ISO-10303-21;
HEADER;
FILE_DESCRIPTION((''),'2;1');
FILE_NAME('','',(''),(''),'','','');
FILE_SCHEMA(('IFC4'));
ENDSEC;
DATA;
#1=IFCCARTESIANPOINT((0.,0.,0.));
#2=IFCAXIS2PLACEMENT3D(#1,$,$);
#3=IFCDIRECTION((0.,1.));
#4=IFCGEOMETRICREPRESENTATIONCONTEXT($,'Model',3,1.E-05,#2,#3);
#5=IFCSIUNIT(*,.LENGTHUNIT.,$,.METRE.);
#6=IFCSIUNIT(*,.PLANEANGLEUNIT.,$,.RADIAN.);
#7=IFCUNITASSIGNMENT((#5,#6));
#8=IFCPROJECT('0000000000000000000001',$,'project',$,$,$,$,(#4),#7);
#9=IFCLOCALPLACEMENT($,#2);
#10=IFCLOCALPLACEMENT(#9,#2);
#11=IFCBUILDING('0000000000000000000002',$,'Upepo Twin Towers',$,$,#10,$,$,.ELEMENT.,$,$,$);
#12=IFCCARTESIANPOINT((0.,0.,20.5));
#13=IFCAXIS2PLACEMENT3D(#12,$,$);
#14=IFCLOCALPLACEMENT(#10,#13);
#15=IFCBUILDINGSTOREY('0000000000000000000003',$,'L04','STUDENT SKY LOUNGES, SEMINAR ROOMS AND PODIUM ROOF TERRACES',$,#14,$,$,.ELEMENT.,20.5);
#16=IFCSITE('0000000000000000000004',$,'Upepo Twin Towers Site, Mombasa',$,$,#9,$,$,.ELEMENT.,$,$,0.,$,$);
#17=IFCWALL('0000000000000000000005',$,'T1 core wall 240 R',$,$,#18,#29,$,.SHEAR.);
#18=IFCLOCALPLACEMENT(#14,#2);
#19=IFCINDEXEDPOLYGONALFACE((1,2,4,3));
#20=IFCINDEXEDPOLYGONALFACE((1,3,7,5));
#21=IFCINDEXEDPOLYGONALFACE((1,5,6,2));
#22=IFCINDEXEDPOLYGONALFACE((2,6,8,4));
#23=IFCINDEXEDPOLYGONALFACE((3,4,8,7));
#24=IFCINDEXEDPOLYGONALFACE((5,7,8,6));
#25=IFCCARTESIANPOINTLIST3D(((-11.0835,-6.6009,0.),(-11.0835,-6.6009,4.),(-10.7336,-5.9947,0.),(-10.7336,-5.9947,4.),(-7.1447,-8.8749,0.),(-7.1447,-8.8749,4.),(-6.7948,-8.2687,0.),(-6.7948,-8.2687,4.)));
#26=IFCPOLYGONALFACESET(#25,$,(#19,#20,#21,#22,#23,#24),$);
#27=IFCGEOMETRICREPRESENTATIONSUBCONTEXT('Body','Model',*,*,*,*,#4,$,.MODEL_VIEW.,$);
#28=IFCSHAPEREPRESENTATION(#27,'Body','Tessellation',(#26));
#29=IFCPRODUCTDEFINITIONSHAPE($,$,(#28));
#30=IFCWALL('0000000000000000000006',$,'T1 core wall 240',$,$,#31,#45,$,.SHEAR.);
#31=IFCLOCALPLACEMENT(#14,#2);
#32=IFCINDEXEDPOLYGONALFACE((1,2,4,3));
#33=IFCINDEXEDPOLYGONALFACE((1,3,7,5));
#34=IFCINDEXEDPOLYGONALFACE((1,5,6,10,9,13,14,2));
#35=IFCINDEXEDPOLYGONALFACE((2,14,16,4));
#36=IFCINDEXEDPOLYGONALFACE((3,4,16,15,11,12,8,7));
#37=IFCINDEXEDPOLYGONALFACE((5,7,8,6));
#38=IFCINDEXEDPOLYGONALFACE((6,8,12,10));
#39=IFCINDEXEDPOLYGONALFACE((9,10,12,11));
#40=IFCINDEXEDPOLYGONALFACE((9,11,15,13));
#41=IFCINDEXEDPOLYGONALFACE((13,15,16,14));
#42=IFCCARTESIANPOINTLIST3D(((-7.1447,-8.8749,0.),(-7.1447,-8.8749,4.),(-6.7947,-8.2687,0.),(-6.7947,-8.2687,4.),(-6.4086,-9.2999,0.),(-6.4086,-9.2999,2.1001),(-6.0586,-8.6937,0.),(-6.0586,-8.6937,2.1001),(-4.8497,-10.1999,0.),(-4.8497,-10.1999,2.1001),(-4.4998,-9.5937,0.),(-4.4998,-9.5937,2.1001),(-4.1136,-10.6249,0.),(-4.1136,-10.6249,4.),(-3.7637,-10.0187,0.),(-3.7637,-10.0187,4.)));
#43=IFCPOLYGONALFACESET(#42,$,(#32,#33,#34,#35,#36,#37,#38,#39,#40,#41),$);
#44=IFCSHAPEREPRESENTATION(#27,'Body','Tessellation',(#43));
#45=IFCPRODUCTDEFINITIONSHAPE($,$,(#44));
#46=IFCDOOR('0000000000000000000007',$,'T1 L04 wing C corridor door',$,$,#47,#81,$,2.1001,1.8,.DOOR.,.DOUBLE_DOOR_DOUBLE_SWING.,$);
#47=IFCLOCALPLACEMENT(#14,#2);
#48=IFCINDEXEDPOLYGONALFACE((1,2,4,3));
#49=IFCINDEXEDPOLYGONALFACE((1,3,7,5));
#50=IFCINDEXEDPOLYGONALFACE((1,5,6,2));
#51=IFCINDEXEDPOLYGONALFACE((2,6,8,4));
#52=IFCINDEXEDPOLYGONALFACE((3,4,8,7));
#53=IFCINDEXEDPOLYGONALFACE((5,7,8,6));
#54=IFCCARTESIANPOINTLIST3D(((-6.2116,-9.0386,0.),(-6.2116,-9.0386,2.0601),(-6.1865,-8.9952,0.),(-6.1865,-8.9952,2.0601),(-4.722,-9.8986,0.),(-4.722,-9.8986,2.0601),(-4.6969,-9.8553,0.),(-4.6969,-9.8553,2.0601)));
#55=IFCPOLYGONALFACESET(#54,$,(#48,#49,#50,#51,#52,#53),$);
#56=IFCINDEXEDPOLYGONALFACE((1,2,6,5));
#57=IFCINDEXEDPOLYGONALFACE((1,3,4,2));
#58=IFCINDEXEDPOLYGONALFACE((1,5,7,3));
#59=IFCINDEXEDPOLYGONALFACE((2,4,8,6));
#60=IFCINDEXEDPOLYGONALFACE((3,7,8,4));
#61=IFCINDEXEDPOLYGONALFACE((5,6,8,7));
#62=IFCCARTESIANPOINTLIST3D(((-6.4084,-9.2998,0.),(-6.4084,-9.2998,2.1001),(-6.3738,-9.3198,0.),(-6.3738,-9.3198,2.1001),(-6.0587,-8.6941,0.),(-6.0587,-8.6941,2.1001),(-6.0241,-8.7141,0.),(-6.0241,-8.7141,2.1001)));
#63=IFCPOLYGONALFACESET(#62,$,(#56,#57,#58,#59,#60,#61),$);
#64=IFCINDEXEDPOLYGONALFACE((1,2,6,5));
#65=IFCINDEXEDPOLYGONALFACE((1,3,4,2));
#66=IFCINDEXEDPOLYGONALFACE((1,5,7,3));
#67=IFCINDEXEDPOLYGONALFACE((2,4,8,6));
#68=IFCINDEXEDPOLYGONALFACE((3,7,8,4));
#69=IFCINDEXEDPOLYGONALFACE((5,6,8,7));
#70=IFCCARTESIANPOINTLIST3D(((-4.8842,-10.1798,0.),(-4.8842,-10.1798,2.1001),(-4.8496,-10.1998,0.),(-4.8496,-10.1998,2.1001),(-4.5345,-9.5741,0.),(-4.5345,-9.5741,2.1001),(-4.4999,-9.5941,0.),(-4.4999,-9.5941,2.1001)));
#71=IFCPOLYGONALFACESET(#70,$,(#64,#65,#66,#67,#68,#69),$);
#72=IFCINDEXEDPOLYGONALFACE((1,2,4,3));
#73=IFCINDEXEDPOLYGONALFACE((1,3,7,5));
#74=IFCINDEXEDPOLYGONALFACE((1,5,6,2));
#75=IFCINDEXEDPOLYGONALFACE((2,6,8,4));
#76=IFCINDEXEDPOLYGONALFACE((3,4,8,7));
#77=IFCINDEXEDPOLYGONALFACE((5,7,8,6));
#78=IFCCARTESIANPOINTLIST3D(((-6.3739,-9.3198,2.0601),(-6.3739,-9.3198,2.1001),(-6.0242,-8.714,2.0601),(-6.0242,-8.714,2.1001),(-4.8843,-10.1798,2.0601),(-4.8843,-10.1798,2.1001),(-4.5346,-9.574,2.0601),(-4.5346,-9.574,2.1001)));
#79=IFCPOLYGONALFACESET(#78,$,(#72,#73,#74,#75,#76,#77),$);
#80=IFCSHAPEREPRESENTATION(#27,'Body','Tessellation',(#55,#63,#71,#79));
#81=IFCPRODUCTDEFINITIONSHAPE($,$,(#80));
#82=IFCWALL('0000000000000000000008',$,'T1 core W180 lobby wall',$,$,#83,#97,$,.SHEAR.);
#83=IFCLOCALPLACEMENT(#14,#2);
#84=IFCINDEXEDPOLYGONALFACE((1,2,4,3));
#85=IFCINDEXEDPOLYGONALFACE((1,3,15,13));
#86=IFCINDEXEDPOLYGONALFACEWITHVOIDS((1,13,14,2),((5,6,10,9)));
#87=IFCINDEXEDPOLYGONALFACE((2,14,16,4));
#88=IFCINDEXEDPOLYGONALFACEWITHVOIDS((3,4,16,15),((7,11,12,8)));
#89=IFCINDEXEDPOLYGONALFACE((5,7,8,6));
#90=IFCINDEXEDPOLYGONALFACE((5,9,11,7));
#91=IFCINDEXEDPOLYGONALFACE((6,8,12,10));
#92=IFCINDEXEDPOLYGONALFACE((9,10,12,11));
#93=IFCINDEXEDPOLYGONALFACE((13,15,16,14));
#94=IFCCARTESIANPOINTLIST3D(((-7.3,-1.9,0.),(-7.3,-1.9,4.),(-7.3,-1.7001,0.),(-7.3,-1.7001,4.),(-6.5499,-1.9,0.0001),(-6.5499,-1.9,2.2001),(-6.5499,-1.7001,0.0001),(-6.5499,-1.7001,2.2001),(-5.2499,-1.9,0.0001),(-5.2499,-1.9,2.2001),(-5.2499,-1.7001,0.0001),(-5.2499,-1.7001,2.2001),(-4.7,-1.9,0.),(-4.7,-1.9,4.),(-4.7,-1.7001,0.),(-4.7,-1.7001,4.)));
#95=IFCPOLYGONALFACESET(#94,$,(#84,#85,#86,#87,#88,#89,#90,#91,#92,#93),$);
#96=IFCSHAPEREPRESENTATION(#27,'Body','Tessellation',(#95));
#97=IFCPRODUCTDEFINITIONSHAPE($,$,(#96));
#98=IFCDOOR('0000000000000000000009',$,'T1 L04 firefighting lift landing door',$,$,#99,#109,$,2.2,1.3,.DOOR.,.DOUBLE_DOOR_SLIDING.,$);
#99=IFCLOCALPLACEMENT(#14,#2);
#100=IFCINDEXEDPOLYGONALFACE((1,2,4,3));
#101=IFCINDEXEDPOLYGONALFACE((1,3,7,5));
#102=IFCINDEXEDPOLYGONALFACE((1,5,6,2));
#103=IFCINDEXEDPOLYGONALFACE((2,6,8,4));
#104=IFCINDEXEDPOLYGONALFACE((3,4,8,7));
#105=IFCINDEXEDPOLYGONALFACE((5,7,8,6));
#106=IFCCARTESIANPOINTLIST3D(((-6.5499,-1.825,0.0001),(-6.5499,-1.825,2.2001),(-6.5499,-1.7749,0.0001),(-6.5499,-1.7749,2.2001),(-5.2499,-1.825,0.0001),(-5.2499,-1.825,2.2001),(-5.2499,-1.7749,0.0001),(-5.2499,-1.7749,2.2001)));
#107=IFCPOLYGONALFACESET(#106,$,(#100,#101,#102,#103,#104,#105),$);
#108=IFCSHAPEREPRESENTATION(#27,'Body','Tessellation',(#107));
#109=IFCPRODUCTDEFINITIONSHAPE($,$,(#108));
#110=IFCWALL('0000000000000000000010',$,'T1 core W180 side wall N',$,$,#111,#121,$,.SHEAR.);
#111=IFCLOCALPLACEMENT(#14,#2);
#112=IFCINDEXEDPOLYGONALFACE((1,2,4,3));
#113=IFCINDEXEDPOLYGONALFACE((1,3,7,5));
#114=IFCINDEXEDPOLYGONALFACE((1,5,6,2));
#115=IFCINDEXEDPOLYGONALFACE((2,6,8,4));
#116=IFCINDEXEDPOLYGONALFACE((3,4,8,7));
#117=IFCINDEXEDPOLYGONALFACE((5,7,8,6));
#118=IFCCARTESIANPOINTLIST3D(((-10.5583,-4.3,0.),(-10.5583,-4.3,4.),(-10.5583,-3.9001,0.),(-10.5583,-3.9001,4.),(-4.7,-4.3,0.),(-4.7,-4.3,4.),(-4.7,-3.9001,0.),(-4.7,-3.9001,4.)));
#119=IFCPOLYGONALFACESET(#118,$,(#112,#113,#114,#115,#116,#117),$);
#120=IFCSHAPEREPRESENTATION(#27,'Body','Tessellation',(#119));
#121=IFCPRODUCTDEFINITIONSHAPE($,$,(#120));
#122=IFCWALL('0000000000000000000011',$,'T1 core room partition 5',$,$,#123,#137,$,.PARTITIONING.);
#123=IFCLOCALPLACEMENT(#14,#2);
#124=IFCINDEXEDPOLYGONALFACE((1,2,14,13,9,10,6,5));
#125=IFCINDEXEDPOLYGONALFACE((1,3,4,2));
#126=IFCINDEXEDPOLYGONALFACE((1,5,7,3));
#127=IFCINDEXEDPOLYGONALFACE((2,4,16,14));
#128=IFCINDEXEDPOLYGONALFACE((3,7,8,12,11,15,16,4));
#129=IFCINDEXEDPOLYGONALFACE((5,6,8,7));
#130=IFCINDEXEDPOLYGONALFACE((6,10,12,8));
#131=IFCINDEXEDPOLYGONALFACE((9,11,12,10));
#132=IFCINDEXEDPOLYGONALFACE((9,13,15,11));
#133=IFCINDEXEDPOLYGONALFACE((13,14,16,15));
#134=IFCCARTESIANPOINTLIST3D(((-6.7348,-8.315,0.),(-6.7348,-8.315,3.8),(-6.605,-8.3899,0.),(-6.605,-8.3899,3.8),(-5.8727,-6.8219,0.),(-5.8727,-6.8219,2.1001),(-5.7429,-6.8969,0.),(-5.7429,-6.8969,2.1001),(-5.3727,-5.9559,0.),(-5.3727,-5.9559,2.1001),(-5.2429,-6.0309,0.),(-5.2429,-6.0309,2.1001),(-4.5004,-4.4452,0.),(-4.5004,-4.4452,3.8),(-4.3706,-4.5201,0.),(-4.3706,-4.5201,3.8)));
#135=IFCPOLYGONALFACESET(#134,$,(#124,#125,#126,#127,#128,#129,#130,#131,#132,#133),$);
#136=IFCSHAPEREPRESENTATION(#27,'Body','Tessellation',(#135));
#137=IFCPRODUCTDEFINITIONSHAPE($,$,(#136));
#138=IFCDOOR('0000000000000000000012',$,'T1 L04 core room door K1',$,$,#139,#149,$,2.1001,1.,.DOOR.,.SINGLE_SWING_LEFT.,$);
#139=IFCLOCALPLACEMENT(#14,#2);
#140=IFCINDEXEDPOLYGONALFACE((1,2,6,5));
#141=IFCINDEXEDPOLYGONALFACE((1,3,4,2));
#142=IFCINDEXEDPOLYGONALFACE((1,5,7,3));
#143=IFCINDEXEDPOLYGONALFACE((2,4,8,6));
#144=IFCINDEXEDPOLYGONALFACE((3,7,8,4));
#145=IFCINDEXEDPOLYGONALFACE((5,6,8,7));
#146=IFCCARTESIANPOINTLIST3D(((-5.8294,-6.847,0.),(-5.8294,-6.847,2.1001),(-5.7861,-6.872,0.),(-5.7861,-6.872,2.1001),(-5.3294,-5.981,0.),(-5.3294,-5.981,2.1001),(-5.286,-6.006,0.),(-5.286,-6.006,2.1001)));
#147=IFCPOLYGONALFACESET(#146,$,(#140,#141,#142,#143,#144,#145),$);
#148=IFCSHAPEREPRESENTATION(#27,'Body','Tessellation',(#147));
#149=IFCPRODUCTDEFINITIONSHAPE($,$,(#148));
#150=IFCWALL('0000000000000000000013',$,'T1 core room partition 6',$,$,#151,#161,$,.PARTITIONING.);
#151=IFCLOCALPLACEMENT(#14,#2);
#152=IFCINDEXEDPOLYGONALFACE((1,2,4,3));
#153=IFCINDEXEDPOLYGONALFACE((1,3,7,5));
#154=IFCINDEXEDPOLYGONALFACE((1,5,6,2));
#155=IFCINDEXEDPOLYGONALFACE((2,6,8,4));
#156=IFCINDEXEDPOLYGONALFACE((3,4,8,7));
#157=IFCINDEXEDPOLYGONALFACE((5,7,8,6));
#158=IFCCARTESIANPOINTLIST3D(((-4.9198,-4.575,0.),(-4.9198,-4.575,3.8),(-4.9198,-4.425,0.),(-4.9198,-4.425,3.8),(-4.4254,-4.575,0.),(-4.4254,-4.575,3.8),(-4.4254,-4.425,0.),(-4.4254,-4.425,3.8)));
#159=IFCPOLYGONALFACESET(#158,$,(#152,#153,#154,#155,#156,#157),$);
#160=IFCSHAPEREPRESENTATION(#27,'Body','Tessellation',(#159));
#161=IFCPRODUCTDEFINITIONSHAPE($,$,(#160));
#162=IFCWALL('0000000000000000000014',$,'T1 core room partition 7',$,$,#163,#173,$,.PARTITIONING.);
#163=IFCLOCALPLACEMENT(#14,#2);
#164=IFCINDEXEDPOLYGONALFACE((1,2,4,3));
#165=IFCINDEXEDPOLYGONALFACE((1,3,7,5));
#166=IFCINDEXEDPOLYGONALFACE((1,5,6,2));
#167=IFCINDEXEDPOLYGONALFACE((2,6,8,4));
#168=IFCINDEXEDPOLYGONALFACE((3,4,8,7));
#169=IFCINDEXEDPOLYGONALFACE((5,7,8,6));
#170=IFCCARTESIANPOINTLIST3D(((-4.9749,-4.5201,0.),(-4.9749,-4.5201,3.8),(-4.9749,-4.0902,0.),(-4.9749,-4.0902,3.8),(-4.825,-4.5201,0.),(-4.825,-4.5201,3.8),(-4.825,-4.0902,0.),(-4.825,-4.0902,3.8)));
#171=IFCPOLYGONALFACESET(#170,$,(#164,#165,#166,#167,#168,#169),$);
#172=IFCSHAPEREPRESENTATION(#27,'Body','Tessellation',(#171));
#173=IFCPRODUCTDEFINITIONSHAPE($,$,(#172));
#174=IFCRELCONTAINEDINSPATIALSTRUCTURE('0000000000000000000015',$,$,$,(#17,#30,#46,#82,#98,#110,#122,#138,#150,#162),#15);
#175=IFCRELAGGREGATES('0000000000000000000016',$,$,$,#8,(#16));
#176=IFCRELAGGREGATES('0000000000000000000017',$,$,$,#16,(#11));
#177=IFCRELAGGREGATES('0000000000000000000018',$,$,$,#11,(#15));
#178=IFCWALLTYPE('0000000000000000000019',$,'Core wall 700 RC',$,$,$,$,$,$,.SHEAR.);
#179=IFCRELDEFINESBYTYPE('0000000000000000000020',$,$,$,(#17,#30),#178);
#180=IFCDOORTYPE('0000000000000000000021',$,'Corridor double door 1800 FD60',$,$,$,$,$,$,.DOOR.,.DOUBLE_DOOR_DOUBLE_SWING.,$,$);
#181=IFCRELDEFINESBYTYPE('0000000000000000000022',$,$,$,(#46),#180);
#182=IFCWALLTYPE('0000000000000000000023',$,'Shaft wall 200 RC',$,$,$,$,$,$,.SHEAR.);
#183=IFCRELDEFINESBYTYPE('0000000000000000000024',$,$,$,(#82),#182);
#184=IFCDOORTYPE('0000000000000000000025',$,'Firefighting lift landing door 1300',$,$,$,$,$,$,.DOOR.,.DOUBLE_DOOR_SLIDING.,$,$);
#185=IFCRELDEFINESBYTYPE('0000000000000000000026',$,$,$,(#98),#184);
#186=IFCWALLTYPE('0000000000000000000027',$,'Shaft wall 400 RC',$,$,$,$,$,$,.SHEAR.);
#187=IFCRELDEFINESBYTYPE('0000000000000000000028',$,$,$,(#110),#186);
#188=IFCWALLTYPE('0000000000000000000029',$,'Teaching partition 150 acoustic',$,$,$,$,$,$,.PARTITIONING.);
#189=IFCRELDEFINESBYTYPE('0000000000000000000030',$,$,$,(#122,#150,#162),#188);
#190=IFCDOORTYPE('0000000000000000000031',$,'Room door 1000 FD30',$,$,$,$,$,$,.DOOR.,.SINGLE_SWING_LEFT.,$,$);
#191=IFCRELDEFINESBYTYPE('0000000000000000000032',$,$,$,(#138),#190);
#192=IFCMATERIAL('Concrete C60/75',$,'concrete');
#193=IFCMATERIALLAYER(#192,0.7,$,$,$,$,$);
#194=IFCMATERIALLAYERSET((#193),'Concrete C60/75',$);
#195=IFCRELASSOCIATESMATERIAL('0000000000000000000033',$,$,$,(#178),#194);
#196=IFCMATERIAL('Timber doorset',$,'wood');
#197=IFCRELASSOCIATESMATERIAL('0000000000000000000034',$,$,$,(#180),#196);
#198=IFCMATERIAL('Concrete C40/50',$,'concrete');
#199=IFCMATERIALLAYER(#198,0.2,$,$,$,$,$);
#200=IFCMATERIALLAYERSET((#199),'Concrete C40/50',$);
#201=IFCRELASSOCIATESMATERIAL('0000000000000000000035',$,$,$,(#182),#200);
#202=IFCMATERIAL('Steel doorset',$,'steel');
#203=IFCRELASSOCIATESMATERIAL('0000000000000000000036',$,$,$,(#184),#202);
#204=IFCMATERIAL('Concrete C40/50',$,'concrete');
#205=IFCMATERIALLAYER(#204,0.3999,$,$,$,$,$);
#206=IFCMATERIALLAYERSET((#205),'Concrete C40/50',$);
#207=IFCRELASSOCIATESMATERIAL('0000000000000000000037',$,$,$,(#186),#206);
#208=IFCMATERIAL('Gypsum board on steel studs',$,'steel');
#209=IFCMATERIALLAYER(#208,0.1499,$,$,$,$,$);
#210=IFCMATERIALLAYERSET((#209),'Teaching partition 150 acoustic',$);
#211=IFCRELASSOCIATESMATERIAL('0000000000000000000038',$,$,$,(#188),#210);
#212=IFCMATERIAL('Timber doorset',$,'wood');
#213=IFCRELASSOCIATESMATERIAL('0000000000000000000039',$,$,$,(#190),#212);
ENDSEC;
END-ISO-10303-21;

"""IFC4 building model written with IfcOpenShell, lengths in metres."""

from ifc_helpers import new_model, si_unit, direction, frame, frame_2d, origin, place, context, subcontext, project, spatial, rectangle, extrude, material, layer, layer_set, type_object, element, fill, save


model = new_model("IFC4")

# Units and contexts
model_context = context("Model", 3, precision=1e-05, world=origin(), true_north=direction((0.0, 1.0)))
body_context = subcontext(model_context, "Body", "Model", "MODEL_VIEW")
ifc_project = project(units=[si_unit("LENGTHUNIT", "METRE"), si_unit("PLANEANGLEUNIT", "RADIAN")], contexts=[model_context])

# Site, building, storey
site_placement = place(None, origin())
site = spatial("IfcSite", under=ifc_project, at=site_placement, Name="Upepo Twin Towers Site, Mombasa", CompositionType="ELEMENT", RefElevation=0.0)
building_placement = place(site_placement, origin())
building = spatial("IfcBuilding", under=site, at=building_placement, Name="Upepo Twin Towers", CompositionType="ELEMENT")
storey_placement = place(building_placement, frame((0.0, 0.0, 20.5)))
storey = spatial("IfcBuildingStorey", under=building, at=storey_placement, Name="L04", Description="STUDENT SKY LOUNGES, SEMINAR ROOMS AND PODIUM ROOF TERRACES", CompositionType="ELEMENT", Elevation=20.5)

# Wall
ifc_material_1 = material(Name="Concrete C60/75", Category="concrete")
ifc_layer_1 = layer(ifc_material_1, 0.7)
ifc_layer_set_1 = layer_set([ifc_layer_1], Name="Concrete C60/75")
wall_type_1 = type_object("IfcWallType", Name="Core wall 700 RC", PredefinedType="SHEAR", material=ifc_layer_set_1)
wall_1_placement = place(storey_placement, frame((-10.9084, -6.2979, 0.0), z_axis=(0.0, 0.0, 1.0), x_axis=(0.866035, -0.499984, 0.0)))
element("IfcWall", 1, at=wall_1_placement, inside=storey, type_object=wall_type_1, Name="T1 core wall 240 R", PredefinedType="SHEAR", context=body_context, shape_type="SweptSolid", body=[
    extrude(rectangle(XDim=4.5481, YDim=0.7, at=frame_2d((2.2739, 0.0))), origin(), (0.0, 0.0, 1.0), 4.0),
])

# Walls, openings, doors
wall_2_placement = place(storey_placement, frame((-6.9697, -8.5718, 0.0), z_axis=(0.0, 0.0, 1.0), x_axis=(0.866019, -0.50001, 0.0)))
wall_2 = element("IfcWall", 2, at=wall_2_placement, inside=storey, type_object=wall_type_1, Name="T1 core wall 240", PredefinedType="SHEAR", context=body_context, shape_type="SweptSolid", body=[
    extrude(rectangle(XDim=3.5, YDim=0.7, at=frame_2d((1.75, 0.0))), origin(), (0.0, 0.0, 1.0), 4.0),
])
opening_1_placement = place(wall_2_placement, frame((0.8501, 0.0, 0.0)))
opening_1 = element("IfcOpeningElement", 3, at=opening_1_placement, cuts=wall_2, PredefinedType="OPENING", context=body_context, shape_type="SweptSolid", body=[
    extrude(rectangle(XDim=1.8, YDim=2.1001, at=frame_2d((0.8999, 1.05))), frame((0.0, 0.3599, 0.0), z_axis=(0.0, -1.0, 0.0), x_axis=(1.0, 0.0, 0.0)), (0.0, 0.0, 1.0), 0.72),
])
ifc_material_2 = material(Name="Timber doorset", Category="wood")
door_type_1 = type_object("IfcDoorType", Name="Corridor double door 1800 FD60", OperationType="DOUBLE_DOOR_DOUBLE_SWING", PredefinedType="DOOR", material=ifc_material_2)
door_1_placement = place(opening_1_placement, origin())
door_1 = element("IfcDoor", 4, at=door_1_placement, inside=storey, type_object=door_type_1, Name="T1 L04 wing C corridor door", OperationType="DOUBLE_DOOR_DOUBLE_SWING", OverallHeight=2.1001, OverallWidth=1.8, PredefinedType="DOOR", context=body_context, shape_type="SweptSolid", body=[
    extrude(rectangle(XDim=1.72, YDim=2.0601, at=frame_2d((0.8999, 1.03))), frame((0.0, 0.0249, 0.0), z_axis=(0.0, -1.0, 0.0), x_axis=(1.0, 0.0, 0.0)), (0.0, 0.0, 1.0), 0.05),
    extrude(rectangle(XDim=0.04, YDim=2.1001, at=frame_2d((0.02, 1.05))), frame((0.0, 0.3496, 0.0), z_axis=(0.0, -1.0, 0.0), x_axis=(1.0, 0.0, 0.0)), (0.0, 0.0, 1.0), 0.6995),
    extrude(rectangle(XDim=0.04, YDim=2.1001, at=frame_2d((1.78, 1.05))), frame((0.0, 0.3496, 0.0), z_axis=(0.0, -1.0, 0.0), x_axis=(1.0, 0.0, 0.0)), (0.0, 0.0, 1.0), 0.6995),
    extrude(rectangle(XDim=1.72, YDim=0.04, at=frame_2d((0.8999, 2.0801))), frame((0.0, 0.3496, 0.0), z_axis=(0.0, -1.0, 0.0), x_axis=(1.0, 0.0, 0.0)), (0.0, 0.0, 1.0), 0.6995),
])
fill(opening_1, door_1)
ifc_material_3 = material(Name="Concrete C40/50", Category="concrete")
ifc_layer_2 = layer(ifc_material_3, 0.2)
ifc_layer_set_2 = layer_set([ifc_layer_2], Name="Concrete C40/50")
wall_type_2 = type_object("IfcWallType", Name="Shaft wall 200 RC", PredefinedType="SHEAR", material=ifc_layer_set_2)
wall_3_placement = place(storey_placement, frame((-4.7, -1.8, 0.0), z_axis=(0.0, 0.0, 1.0), x_axis=(-1.0, 0.0, 0.0)))
wall_3 = element("IfcWall", 5, at=wall_3_placement, inside=storey, type_object=wall_type_2, Name="T1 core W180 lobby wall", PredefinedType="SHEAR", context=body_context, shape_type="SweptSolid", body=[
    extrude(rectangle(XDim=2.6001, YDim=0.2, at=frame_2d((1.3, 0.0))), origin(), (0.0, 0.0, 1.0), 4.0),
])
opening_2_placement = place(wall_3_placement, frame((0.55, 0.0, 0.0)))
opening_2 = element("IfcOpeningElement", 6, at=opening_2_placement, cuts=wall_3, PredefinedType="OPENING", context=body_context, shape_type="SweptSolid", body=[
    extrude(rectangle(XDim=1.3, YDim=2.2, at=frame_2d((0.6499, 1.1001))), frame((0.0, 0.1099, 0.0), z_axis=(0.0, -1.0, 0.0), x_axis=(1.0, 0.0, 0.0)), (0.0, 0.0, 1.0), 0.22),
])
ifc_material_4 = material(Name="Steel doorset", Category="steel")
door_type_2 = type_object("IfcDoorType", Name="Firefighting lift landing door 1300", OperationType="DOUBLE_DOOR_SLIDING", PredefinedType="DOOR", material=ifc_material_4)
door_2_placement = place(opening_2_placement, origin())
door_2 = element("IfcDoor", 7, at=door_2_placement, inside=storey, type_object=door_type_2, Name="T1 L04 firefighting lift landing door", OperationType="DOUBLE_DOOR_SLIDING", OverallHeight=2.2, OverallWidth=1.3, PredefinedType="DOOR", context=body_context, shape_type="SweptSolid", body=[
    extrude(rectangle(XDim=1.3, YDim=2.2, at=frame_2d((0.6499, 1.1001))), frame((0.0, 0.0249, 0.0), z_axis=(0.0, -1.0, 0.0), x_axis=(1.0, 0.0, 0.0)), (0.0, 0.0, 1.0), 0.05),
])
fill(opening_2, door_2)

# Wall
ifc_material_5 = material(Name="Concrete C40/50", Category="concrete")
ifc_layer_3 = layer(ifc_material_5, 0.3999)
ifc_layer_set_3 = layer_set([ifc_layer_3], Name="Concrete C40/50")
wall_type_3 = type_object("IfcWallType", Name="Shaft wall 400 RC", PredefinedType="SHEAR", material=ifc_layer_set_3)
wall_4_placement = place(storey_placement, frame((-4.7, -4.1001, 0.0), z_axis=(0.0, 0.0, 1.0), x_axis=(-1.0, 0.0, 0.0)))
element("IfcWall", 8, at=wall_4_placement, inside=storey, type_object=wall_type_3, Name="T1 core W180 side wall N", PredefinedType="SHEAR", context=body_context, shape_type="SweptSolid", body=[
    extrude(rectangle(XDim=5.8584, YDim=0.3999, at=frame_2d((2.9292, 0.0))), origin(), (0.0, 0.0, 1.0), 4.0),
])

# Wall, opening, door
ifc_material_6 = material(Name="Gypsum board on steel studs", Category="steel")
ifc_layer_4 = layer(ifc_material_6, 0.1499)
ifc_layer_set_4 = layer_set([ifc_layer_4], Name="Teaching partition 150 acoustic")
wall_type_4 = type_object("IfcWallType", Name="Teaching partition 150 acoustic", PredefinedType="PARTITIONING", material=ifc_layer_set_4)
wall_5_placement = place(storey_placement, frame((-6.6699, -8.3525, 0.0), z_axis=(0.0, 0.0, 1.0), x_axis=(0.500017, 0.866015, 0.0)))
wall_5 = element("IfcWall", 9, at=wall_5_placement, inside=storey, type_object=wall_type_4, Name="T1 core room partition 5", PredefinedType="PARTITIONING", context=body_context, shape_type="SweptSolid", body=[
    extrude(rectangle(XDim=4.4685, YDim=0.1499, at=frame_2d((2.2344, 0.0))), origin(), (0.0, 0.0, 1.0), 3.8),
])
opening_3_placement = place(wall_5_placement, frame((1.7241, 0.0, 0.0)))
opening_3 = element("IfcOpeningElement", 10, at=opening_3_placement, cuts=wall_5, PredefinedType="OPENING", context=body_context, shape_type="SweptSolid", body=[
    extrude(rectangle(XDim=1.0, YDim=2.1001, at=frame_2d((0.5, 1.05))), frame((0.0, 0.085, 0.0), z_axis=(0.0, -1.0, 0.0), x_axis=(1.0, 0.0, 0.0)), (0.0, 0.0, 1.0), 0.1699),
])
ifc_material_7 = material(Name="Timber doorset", Category="wood")
door_type_3 = type_object("IfcDoorType", Name="Room door 1000 FD30", OperationType="SINGLE_SWING_LEFT", PredefinedType="DOOR", material=ifc_material_7)
door_3_placement = place(opening_3_placement, origin())
door_3 = element("IfcDoor", 11, at=door_3_placement, inside=storey, type_object=door_type_3, Name="T1 L04 core room door K1", OperationType="SINGLE_SWING_LEFT", OverallHeight=2.1001, OverallWidth=1.0, PredefinedType="DOOR", context=body_context, shape_type="SweptSolid", body=[
    extrude(rectangle(XDim=1.0, YDim=2.1001, at=frame_2d((0.5, 1.05))), frame((0.0, 0.0249, 0.0), z_axis=(0.0, -1.0, 0.0), x_axis=(1.0, 0.0, 0.0)), (0.0, 0.0, 1.0), 0.05),
])
fill(opening_3, door_3)

# Walls
wall_6_placement = place(storey_placement, frame((-4.4255, -4.5, 0.0), z_axis=(0.0, 0.0, 1.0), x_axis=(-1.0, 0.0, 0.0)))
element("IfcWall", 12, at=wall_6_placement, inside=storey, type_object=wall_type_4, Name="T1 core room partition 6", PredefinedType="PARTITIONING", context=body_context, shape_type="SweptSolid", body=[
    extrude(rectangle(XDim=0.4944, YDim=0.1499, at=frame_2d((0.2471, 0.0))), origin(), (0.0, 0.0, 1.0), 3.8),
])
wall_7_placement = place(storey_placement, frame((-4.8999, -4.52, 0.0), z_axis=(0.0, 0.0, 1.0), x_axis=(0.0, 1.0, 0.0)))
element("IfcWall", 13, at=wall_7_placement, inside=storey, type_object=wall_type_4, Name="T1 core room partition 7", PredefinedType="PARTITIONING", context=body_context, shape_type="SweptSolid", body=[
    extrude(rectangle(XDim=0.4299, YDim=0.1499, at=frame_2d((0.2148, 0.0))), origin(), (0.0, 0.0, 1.0), 3.8),
])

save(model, "model.ifc")
